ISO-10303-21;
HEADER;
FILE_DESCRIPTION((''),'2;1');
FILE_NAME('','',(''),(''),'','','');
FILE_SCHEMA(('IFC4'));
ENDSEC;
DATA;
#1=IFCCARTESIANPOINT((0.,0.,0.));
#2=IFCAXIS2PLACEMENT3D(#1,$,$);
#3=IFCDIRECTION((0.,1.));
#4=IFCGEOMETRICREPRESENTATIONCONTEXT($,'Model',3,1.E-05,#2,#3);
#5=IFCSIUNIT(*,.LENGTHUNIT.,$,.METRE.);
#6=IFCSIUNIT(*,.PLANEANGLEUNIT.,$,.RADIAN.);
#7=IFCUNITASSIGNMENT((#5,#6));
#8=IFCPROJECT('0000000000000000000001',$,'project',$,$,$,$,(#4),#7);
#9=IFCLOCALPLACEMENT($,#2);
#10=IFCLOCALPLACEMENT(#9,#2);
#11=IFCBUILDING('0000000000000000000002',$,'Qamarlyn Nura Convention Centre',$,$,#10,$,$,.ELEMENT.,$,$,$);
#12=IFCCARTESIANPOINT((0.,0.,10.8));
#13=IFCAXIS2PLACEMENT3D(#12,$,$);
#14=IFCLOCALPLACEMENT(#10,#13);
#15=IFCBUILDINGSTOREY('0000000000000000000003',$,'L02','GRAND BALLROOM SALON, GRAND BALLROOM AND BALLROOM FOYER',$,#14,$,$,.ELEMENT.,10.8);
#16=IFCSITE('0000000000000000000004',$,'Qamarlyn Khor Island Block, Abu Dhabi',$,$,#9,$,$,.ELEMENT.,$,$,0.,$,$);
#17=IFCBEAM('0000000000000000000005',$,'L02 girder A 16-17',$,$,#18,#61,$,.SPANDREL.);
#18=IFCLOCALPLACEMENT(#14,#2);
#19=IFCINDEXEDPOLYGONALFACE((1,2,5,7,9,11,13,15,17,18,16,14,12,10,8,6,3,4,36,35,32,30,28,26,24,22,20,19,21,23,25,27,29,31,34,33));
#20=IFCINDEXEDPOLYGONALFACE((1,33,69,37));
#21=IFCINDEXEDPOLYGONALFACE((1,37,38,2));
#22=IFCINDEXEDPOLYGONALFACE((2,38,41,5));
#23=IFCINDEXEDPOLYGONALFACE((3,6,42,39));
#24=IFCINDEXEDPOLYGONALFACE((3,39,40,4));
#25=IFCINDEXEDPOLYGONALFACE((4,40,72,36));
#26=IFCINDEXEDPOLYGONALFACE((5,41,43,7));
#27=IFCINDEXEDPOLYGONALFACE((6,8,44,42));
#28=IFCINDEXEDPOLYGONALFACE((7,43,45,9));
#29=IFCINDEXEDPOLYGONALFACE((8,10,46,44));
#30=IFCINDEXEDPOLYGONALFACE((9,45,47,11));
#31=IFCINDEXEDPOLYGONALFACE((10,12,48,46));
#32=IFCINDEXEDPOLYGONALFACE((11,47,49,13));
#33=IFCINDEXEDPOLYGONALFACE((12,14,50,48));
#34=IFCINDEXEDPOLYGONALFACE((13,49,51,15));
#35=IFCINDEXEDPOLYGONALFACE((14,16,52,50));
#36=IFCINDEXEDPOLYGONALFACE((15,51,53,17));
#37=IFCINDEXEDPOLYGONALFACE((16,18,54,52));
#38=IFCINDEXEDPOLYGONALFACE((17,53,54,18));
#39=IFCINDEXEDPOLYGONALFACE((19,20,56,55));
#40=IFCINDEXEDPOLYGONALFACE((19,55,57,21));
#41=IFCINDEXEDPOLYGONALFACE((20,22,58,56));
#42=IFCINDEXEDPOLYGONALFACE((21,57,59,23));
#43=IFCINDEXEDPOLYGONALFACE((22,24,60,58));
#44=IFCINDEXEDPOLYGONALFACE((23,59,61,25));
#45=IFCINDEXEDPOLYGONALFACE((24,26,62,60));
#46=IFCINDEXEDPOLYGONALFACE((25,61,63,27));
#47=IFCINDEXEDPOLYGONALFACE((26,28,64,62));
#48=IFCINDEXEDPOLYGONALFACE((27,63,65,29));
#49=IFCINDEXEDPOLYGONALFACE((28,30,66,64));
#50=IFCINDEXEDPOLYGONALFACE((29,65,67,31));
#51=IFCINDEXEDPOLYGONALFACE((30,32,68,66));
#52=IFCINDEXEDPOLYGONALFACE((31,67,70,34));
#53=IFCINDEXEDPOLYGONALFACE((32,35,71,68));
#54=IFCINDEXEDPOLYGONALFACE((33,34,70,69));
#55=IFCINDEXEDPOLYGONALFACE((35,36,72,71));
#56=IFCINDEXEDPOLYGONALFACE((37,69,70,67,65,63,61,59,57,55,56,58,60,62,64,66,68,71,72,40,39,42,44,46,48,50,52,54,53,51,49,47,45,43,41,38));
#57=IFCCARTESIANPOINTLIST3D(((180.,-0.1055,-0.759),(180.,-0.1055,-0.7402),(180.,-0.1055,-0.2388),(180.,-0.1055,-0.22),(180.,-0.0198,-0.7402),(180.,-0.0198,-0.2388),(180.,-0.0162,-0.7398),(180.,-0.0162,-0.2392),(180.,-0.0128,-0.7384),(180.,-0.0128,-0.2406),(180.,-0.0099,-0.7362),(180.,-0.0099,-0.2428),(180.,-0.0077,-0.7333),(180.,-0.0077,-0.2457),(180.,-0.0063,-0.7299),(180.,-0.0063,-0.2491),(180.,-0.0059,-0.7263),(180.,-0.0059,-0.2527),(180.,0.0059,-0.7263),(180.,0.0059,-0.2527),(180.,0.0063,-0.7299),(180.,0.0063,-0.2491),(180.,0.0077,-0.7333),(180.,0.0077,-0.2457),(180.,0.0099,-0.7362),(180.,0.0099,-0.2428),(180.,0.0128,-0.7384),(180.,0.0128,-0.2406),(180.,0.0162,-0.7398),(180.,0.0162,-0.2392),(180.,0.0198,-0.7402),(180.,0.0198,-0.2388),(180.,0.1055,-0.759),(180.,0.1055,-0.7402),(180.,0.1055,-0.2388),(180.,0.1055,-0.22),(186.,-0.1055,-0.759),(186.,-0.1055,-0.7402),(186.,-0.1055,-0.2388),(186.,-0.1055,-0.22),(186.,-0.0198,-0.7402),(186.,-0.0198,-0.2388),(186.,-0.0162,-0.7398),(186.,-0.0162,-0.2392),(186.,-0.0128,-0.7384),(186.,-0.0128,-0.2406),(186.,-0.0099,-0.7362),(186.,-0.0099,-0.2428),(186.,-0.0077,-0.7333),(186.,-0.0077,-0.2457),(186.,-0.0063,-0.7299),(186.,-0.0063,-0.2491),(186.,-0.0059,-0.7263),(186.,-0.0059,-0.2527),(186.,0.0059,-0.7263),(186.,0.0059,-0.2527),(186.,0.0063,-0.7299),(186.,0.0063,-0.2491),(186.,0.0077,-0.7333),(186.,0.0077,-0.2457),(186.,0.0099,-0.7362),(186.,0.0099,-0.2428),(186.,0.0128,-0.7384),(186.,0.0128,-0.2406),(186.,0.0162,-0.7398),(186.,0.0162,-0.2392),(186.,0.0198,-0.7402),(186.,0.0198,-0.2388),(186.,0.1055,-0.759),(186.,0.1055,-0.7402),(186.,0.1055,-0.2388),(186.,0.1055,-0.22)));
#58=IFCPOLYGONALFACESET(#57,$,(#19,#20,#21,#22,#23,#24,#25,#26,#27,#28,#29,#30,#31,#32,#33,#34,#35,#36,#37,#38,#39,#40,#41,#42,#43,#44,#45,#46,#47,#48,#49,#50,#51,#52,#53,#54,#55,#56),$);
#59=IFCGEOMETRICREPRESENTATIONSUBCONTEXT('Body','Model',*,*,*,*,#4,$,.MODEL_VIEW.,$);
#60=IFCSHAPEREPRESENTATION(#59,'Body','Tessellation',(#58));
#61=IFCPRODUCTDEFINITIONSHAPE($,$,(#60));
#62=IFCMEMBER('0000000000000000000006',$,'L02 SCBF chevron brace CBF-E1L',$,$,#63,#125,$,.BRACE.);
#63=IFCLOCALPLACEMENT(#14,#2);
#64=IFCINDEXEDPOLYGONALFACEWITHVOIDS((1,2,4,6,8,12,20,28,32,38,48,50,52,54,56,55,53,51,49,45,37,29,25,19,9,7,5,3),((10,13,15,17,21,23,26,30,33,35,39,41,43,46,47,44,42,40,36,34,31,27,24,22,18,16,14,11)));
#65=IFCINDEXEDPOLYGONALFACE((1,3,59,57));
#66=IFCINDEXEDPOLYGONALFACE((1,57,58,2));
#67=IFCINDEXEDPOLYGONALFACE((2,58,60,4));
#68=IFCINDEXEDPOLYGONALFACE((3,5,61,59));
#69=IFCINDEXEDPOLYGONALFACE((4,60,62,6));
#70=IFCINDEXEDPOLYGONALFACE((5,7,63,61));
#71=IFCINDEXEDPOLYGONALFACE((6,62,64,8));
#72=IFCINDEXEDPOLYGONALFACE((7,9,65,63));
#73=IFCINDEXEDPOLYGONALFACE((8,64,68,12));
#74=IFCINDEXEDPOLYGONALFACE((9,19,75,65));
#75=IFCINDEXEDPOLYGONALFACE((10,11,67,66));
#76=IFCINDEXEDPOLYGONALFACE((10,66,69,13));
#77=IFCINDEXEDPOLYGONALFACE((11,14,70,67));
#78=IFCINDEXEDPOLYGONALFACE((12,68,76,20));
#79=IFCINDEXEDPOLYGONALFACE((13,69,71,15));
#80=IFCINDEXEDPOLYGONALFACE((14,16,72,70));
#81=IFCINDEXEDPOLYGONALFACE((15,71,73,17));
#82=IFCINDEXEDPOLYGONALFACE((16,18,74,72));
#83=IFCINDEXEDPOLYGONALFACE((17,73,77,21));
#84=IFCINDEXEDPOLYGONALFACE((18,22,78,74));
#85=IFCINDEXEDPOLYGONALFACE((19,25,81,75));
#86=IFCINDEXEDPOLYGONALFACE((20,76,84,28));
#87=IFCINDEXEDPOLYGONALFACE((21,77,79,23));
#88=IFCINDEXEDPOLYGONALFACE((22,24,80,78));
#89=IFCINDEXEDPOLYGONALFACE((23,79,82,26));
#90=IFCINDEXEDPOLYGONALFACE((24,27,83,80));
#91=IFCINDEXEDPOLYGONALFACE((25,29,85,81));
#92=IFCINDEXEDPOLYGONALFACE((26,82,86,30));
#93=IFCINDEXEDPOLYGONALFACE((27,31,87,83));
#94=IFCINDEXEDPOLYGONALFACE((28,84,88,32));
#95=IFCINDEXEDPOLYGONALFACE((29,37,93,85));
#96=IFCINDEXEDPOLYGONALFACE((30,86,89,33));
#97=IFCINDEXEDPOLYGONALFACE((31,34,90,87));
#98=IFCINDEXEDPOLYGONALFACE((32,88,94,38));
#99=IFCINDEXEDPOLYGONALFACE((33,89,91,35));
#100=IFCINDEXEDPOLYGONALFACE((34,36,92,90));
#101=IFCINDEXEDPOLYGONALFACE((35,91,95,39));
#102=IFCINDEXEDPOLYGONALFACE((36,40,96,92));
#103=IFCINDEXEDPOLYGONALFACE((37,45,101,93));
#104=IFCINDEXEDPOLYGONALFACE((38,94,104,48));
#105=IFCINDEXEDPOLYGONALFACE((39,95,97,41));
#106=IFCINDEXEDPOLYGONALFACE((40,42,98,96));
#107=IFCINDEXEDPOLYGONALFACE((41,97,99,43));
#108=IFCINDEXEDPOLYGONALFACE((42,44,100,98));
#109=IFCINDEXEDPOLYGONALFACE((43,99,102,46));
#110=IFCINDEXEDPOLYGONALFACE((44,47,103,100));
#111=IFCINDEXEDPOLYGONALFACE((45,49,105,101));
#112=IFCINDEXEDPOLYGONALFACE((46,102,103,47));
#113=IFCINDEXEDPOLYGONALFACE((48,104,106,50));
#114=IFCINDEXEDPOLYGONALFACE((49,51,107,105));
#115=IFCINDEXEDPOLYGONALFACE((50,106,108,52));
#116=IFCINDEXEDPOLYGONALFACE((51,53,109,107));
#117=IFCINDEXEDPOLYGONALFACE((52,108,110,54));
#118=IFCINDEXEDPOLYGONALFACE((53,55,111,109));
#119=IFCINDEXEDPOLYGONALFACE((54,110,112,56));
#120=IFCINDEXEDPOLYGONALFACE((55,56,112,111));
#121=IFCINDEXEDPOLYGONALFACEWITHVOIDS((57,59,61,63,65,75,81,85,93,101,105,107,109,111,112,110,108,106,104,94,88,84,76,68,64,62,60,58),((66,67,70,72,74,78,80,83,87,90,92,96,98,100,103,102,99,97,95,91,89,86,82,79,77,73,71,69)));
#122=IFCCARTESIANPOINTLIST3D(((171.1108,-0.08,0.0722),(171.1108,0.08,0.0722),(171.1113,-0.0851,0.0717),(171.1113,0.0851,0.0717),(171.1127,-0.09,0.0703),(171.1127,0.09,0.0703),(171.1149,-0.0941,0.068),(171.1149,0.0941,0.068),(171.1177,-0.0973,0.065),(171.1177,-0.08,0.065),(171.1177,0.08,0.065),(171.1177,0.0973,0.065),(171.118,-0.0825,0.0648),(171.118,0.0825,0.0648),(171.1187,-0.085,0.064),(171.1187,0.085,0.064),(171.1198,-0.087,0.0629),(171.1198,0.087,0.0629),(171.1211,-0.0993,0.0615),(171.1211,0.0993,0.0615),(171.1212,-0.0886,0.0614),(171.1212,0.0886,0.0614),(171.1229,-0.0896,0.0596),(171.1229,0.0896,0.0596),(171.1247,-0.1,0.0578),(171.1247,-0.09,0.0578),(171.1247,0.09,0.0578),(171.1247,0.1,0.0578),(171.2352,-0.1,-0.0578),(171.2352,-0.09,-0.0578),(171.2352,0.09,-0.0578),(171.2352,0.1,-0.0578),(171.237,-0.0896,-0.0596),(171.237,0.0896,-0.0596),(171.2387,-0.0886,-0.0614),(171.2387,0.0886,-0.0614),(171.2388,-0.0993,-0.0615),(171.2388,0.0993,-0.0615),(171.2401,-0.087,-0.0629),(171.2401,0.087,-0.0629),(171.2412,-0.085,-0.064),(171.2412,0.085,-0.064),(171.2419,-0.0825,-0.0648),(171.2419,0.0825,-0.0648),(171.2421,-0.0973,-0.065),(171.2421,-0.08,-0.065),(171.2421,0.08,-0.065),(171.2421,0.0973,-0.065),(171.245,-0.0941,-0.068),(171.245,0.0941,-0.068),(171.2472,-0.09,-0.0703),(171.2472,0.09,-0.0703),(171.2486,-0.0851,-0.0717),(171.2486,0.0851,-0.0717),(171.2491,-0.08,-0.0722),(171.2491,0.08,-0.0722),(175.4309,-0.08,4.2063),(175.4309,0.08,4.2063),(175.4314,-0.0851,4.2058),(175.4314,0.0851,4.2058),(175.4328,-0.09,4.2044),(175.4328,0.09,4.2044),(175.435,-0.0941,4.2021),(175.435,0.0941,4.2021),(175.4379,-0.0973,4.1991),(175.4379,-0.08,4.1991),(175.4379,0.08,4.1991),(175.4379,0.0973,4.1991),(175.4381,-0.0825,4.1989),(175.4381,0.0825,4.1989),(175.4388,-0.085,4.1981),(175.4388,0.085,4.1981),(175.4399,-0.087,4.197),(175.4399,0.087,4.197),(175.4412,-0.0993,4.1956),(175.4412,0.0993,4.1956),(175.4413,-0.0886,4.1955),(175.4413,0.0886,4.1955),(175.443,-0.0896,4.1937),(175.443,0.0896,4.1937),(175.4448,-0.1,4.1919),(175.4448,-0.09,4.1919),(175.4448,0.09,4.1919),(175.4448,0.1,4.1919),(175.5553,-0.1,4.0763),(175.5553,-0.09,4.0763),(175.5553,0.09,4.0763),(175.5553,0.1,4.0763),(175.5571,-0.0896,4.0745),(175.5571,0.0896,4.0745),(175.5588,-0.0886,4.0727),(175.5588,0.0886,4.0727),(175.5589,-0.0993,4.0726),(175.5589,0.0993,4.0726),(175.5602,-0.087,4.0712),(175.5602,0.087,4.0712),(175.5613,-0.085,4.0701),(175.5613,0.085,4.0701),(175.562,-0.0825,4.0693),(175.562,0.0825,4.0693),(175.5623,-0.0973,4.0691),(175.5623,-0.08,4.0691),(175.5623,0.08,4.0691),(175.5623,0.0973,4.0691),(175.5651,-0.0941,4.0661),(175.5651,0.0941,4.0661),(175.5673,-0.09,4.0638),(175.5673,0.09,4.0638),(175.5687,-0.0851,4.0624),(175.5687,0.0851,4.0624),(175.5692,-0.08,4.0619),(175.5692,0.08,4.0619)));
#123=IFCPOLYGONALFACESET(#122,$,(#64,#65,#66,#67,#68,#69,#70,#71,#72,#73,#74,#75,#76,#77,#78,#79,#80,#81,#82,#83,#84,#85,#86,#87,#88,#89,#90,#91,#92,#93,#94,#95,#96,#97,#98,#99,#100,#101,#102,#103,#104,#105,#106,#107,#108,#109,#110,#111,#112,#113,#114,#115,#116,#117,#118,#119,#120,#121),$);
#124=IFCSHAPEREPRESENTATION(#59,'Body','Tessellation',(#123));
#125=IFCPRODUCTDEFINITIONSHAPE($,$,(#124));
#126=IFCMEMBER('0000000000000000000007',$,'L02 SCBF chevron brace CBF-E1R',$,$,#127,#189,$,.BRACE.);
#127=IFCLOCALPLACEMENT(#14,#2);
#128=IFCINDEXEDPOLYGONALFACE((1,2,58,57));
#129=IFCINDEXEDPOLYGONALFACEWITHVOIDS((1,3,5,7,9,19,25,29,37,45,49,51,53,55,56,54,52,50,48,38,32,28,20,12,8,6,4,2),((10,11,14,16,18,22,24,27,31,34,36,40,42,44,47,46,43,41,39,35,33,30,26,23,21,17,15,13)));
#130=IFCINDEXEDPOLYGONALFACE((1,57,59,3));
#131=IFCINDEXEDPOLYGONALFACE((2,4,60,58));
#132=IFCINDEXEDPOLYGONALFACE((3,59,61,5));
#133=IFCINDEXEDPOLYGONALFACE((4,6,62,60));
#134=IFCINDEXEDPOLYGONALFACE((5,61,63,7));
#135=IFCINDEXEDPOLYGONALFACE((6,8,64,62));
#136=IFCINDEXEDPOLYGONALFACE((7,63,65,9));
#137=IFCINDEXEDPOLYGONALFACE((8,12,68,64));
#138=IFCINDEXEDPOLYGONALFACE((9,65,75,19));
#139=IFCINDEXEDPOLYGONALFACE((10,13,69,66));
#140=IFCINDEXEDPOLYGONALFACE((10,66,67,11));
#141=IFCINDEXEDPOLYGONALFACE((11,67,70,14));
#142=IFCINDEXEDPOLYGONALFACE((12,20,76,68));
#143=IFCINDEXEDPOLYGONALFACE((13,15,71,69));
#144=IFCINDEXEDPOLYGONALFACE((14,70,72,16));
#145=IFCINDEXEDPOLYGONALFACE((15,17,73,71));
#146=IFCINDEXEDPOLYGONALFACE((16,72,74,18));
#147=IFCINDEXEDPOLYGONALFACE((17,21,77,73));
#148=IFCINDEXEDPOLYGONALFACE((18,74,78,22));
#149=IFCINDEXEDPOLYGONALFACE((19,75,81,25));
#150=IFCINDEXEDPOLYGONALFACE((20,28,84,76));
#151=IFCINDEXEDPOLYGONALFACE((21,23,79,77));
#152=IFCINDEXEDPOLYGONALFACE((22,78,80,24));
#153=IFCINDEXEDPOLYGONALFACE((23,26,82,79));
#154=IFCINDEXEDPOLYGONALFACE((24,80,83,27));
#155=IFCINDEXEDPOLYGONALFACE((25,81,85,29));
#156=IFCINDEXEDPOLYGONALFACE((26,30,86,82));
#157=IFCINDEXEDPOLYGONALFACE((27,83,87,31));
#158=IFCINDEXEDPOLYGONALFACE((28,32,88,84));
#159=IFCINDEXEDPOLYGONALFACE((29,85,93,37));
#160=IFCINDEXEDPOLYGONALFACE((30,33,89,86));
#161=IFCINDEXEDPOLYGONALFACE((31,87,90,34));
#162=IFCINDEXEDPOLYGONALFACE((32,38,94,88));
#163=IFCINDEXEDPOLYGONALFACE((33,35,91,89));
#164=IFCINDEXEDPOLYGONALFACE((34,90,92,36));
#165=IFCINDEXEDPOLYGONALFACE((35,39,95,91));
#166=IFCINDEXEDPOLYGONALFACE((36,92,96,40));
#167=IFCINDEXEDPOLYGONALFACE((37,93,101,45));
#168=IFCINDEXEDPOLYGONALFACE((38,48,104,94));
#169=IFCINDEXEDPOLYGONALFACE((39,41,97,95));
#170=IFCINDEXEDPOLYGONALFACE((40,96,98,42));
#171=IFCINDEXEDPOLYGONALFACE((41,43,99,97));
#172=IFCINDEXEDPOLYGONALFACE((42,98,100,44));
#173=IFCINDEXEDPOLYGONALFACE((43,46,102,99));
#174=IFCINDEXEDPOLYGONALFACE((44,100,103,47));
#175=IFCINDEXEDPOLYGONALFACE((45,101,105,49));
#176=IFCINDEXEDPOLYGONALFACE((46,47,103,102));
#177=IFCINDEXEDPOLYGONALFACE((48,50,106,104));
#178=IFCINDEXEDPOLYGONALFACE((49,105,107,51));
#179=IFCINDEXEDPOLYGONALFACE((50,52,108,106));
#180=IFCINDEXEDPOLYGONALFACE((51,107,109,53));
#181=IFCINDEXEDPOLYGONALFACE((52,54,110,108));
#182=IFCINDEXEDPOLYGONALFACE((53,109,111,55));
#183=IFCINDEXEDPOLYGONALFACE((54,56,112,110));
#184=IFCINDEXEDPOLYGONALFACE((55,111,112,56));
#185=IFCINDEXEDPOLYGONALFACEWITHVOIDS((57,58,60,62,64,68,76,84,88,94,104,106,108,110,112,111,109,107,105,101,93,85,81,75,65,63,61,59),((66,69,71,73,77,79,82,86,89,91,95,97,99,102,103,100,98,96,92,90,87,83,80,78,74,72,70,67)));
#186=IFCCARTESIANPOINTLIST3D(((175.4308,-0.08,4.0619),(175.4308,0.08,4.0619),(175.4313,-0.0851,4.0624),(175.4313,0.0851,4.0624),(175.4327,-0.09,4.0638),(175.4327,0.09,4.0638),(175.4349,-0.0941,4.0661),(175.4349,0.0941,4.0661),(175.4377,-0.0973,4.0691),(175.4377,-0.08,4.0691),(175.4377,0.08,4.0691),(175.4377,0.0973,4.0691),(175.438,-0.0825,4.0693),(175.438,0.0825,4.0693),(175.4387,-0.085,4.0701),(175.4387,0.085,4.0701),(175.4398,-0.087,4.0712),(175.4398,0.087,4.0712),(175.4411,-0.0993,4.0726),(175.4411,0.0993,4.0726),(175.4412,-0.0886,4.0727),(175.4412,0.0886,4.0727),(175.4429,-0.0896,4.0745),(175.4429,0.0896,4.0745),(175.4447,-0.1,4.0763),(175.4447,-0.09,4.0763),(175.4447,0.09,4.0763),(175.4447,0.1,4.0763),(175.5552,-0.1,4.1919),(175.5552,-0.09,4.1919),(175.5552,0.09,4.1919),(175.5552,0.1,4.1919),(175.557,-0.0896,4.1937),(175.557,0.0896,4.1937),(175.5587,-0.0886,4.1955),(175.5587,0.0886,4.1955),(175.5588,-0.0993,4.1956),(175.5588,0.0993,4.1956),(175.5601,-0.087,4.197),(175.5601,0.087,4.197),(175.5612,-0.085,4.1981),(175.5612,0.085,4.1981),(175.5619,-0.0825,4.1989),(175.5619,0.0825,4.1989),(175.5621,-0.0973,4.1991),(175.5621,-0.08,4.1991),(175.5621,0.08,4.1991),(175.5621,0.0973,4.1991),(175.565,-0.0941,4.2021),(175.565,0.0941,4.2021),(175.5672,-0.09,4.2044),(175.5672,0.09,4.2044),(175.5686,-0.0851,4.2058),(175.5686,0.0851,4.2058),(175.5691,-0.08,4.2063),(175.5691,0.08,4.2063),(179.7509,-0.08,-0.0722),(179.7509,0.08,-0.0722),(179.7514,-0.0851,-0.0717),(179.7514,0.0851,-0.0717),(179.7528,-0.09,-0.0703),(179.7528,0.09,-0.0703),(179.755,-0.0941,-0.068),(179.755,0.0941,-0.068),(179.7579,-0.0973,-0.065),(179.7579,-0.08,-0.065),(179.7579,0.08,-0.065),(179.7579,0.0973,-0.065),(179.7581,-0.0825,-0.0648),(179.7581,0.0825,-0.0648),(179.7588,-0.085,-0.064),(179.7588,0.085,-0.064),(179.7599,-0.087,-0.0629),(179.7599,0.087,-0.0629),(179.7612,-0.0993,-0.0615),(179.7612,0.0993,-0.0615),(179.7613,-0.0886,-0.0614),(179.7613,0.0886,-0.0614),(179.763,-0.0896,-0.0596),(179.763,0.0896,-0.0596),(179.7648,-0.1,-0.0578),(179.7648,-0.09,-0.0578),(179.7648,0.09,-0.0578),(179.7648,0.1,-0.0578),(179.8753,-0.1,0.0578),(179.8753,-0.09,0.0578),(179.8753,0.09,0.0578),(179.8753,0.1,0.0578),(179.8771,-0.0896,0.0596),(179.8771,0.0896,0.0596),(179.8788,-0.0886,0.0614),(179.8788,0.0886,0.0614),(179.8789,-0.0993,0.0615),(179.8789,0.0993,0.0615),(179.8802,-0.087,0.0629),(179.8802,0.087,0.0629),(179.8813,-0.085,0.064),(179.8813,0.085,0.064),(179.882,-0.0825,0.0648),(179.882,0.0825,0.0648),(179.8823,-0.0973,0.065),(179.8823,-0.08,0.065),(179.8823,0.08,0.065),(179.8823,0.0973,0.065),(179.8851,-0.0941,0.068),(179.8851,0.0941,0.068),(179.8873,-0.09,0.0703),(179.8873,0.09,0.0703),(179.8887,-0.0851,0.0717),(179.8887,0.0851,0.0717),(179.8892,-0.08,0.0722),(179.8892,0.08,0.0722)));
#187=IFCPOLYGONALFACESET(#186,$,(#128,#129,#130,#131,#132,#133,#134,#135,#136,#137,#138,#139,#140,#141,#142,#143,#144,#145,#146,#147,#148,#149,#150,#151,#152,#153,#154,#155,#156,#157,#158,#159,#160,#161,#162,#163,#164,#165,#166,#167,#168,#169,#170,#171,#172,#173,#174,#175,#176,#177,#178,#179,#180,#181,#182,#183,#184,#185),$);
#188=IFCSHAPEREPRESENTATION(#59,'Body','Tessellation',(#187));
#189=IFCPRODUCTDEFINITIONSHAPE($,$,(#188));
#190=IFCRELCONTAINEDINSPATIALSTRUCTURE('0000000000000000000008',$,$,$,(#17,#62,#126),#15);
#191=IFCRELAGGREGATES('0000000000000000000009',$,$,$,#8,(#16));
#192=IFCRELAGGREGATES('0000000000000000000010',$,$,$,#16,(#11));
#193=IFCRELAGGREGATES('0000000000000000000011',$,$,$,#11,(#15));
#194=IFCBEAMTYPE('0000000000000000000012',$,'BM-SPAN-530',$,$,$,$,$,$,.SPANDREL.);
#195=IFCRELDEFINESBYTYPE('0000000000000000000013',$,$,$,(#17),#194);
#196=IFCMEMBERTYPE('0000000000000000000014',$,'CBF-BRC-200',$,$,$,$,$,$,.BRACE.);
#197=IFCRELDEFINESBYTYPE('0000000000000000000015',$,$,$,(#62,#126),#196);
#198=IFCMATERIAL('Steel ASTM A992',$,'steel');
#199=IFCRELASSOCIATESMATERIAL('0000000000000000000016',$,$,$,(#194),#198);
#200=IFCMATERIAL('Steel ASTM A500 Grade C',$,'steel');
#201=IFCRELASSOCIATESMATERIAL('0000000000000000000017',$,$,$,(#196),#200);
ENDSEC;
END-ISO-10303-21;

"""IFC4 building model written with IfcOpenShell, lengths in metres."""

from ifc_helpers import new_model, si_unit, direction, frame, origin, origin_2d, place, context, subcontext, project, spatial, hollow_rectangle, i_section, extrude, material, material_profile, profile_set, type_object, element, save


model = new_model("IFC4")

# Units and contexts
model_context = context("Model", 3, precision=1e-05, world=origin(), true_north=direction((0.0, 1.0)))
body_context = subcontext(model_context, "Body", "Model", "MODEL_VIEW")
ifc_project = project(units=[si_unit("LENGTHUNIT", "METRE"), si_unit("PLANEANGLEUNIT", "RADIAN")], contexts=[model_context])

# Site, building, storey
site_placement = place(None, origin())
site = spatial("IfcSite", under=ifc_project, at=site_placement, Name="Qamarlyn Khor Island Block, Abu Dhabi", CompositionType="ELEMENT", RefElevation=0.0)
building_placement = place(site_placement, origin())
building = spatial("IfcBuilding", under=site, at=building_placement, Name="Qamarlyn Nura Convention Centre", CompositionType="ELEMENT")
storey_placement = place(building_placement, frame((0.0, 0.0, 10.8)))
storey = spatial("IfcBuildingStorey", under=building, at=storey_placement, Name="L02", Description="GRAND BALLROOM SALON, GRAND BALLROOM AND BALLROOM FOYER", CompositionType="ELEMENT", Elevation=10.8)

# Shared definitions
ifc_material_1 = material(Name="Steel ASTM A992", Category="steel")

# Beam
ifc_material_profile_1 = material_profile(ifc_material_1, i_section(OverallWidth=0.2109, OverallDepth=0.5391, WebThickness=0.0117, FlangeThickness=0.0188, FilletRadius=0.0139, at=origin_2d()), Name="W530X109")
ifc_profile_set_1 = profile_set([ifc_material_profile_1], Name="Steel ASTM A992")
beam_type_1 = type_object("IfcBeamType", Name="BM-SPAN-530", PredefinedType="SPANDREL", material=ifc_profile_set_1)
beam_1_placement = place(storey_placement, frame((180.0, 0.0, -0.4895), z_axis=(1.0, 0.0, 0.0), x_axis=(0.0, 1.0, 0.0)))
element("IfcBeam", 1, at=beam_1_placement, inside=storey, type_object=beam_type_1, Name="L02 girder A 16-17", PredefinedType="SPANDREL", context=body_context, shape_type="SweptSolid", body=[
    extrude(i_section(OverallWidth=0.2109, OverallDepth=0.5391, WebThickness=0.0117, FlangeThickness=0.0188, FilletRadius=0.0139, at=origin_2d()), origin(), (0.0, 0.0, 1.0), 6.0),
])

# Members
ifc_material_2 = material(Name="Steel ASTM A500 Grade C", Category="steel")
ifc_material_profile_2 = material_profile(ifc_material_2, hollow_rectangle(XDim=0.2, YDim=0.2, WallThickness=0.01, InnerFilletRadius=0.01, OuterFilletRadius=0.02, at=origin_2d()), Name="HSS200X200X10")
ifc_profile_set_2 = profile_set([ifc_material_profile_2], Name="Steel ASTM A500 Grade C")
member_type_1 = type_object("IfcMemberType", Name="CBF-BRC-200", PredefinedType="BRACE", material=ifc_profile_set_2)
for number, where, z_axis, x_axis, name in (
    (2, (171.1799, 0.0, 0.0), (0.722492, 0.0, 0.691379), (0.0, 1.0, 0.0), "L02 SCBF chevron brace CBF-E1L"),
    (3, (179.8201, 0.0, 0.0), (-0.722492, 0.0, 0.691379), (0.0, -1.0, 0.0), "L02 SCBF chevron brace CBF-E1R"),
):
    element("IfcMember", number, at=place(storey_placement, frame(where, z_axis=z_axis, x_axis=x_axis)), inside=storey, type_object=member_type_1, Name=name, PredefinedType="BRACE", context=body_context, shape_type="SweptSolid", body=[
        extrude(hollow_rectangle(XDim=0.2, YDim=0.2, WallThickness=0.01, InnerFilletRadius=0.01, OuterFilletRadius=0.02, at=origin_2d()), origin(), (0.0, 0.0, 1.0), 5.9795),
    ])

save(model, "model.ifc")
